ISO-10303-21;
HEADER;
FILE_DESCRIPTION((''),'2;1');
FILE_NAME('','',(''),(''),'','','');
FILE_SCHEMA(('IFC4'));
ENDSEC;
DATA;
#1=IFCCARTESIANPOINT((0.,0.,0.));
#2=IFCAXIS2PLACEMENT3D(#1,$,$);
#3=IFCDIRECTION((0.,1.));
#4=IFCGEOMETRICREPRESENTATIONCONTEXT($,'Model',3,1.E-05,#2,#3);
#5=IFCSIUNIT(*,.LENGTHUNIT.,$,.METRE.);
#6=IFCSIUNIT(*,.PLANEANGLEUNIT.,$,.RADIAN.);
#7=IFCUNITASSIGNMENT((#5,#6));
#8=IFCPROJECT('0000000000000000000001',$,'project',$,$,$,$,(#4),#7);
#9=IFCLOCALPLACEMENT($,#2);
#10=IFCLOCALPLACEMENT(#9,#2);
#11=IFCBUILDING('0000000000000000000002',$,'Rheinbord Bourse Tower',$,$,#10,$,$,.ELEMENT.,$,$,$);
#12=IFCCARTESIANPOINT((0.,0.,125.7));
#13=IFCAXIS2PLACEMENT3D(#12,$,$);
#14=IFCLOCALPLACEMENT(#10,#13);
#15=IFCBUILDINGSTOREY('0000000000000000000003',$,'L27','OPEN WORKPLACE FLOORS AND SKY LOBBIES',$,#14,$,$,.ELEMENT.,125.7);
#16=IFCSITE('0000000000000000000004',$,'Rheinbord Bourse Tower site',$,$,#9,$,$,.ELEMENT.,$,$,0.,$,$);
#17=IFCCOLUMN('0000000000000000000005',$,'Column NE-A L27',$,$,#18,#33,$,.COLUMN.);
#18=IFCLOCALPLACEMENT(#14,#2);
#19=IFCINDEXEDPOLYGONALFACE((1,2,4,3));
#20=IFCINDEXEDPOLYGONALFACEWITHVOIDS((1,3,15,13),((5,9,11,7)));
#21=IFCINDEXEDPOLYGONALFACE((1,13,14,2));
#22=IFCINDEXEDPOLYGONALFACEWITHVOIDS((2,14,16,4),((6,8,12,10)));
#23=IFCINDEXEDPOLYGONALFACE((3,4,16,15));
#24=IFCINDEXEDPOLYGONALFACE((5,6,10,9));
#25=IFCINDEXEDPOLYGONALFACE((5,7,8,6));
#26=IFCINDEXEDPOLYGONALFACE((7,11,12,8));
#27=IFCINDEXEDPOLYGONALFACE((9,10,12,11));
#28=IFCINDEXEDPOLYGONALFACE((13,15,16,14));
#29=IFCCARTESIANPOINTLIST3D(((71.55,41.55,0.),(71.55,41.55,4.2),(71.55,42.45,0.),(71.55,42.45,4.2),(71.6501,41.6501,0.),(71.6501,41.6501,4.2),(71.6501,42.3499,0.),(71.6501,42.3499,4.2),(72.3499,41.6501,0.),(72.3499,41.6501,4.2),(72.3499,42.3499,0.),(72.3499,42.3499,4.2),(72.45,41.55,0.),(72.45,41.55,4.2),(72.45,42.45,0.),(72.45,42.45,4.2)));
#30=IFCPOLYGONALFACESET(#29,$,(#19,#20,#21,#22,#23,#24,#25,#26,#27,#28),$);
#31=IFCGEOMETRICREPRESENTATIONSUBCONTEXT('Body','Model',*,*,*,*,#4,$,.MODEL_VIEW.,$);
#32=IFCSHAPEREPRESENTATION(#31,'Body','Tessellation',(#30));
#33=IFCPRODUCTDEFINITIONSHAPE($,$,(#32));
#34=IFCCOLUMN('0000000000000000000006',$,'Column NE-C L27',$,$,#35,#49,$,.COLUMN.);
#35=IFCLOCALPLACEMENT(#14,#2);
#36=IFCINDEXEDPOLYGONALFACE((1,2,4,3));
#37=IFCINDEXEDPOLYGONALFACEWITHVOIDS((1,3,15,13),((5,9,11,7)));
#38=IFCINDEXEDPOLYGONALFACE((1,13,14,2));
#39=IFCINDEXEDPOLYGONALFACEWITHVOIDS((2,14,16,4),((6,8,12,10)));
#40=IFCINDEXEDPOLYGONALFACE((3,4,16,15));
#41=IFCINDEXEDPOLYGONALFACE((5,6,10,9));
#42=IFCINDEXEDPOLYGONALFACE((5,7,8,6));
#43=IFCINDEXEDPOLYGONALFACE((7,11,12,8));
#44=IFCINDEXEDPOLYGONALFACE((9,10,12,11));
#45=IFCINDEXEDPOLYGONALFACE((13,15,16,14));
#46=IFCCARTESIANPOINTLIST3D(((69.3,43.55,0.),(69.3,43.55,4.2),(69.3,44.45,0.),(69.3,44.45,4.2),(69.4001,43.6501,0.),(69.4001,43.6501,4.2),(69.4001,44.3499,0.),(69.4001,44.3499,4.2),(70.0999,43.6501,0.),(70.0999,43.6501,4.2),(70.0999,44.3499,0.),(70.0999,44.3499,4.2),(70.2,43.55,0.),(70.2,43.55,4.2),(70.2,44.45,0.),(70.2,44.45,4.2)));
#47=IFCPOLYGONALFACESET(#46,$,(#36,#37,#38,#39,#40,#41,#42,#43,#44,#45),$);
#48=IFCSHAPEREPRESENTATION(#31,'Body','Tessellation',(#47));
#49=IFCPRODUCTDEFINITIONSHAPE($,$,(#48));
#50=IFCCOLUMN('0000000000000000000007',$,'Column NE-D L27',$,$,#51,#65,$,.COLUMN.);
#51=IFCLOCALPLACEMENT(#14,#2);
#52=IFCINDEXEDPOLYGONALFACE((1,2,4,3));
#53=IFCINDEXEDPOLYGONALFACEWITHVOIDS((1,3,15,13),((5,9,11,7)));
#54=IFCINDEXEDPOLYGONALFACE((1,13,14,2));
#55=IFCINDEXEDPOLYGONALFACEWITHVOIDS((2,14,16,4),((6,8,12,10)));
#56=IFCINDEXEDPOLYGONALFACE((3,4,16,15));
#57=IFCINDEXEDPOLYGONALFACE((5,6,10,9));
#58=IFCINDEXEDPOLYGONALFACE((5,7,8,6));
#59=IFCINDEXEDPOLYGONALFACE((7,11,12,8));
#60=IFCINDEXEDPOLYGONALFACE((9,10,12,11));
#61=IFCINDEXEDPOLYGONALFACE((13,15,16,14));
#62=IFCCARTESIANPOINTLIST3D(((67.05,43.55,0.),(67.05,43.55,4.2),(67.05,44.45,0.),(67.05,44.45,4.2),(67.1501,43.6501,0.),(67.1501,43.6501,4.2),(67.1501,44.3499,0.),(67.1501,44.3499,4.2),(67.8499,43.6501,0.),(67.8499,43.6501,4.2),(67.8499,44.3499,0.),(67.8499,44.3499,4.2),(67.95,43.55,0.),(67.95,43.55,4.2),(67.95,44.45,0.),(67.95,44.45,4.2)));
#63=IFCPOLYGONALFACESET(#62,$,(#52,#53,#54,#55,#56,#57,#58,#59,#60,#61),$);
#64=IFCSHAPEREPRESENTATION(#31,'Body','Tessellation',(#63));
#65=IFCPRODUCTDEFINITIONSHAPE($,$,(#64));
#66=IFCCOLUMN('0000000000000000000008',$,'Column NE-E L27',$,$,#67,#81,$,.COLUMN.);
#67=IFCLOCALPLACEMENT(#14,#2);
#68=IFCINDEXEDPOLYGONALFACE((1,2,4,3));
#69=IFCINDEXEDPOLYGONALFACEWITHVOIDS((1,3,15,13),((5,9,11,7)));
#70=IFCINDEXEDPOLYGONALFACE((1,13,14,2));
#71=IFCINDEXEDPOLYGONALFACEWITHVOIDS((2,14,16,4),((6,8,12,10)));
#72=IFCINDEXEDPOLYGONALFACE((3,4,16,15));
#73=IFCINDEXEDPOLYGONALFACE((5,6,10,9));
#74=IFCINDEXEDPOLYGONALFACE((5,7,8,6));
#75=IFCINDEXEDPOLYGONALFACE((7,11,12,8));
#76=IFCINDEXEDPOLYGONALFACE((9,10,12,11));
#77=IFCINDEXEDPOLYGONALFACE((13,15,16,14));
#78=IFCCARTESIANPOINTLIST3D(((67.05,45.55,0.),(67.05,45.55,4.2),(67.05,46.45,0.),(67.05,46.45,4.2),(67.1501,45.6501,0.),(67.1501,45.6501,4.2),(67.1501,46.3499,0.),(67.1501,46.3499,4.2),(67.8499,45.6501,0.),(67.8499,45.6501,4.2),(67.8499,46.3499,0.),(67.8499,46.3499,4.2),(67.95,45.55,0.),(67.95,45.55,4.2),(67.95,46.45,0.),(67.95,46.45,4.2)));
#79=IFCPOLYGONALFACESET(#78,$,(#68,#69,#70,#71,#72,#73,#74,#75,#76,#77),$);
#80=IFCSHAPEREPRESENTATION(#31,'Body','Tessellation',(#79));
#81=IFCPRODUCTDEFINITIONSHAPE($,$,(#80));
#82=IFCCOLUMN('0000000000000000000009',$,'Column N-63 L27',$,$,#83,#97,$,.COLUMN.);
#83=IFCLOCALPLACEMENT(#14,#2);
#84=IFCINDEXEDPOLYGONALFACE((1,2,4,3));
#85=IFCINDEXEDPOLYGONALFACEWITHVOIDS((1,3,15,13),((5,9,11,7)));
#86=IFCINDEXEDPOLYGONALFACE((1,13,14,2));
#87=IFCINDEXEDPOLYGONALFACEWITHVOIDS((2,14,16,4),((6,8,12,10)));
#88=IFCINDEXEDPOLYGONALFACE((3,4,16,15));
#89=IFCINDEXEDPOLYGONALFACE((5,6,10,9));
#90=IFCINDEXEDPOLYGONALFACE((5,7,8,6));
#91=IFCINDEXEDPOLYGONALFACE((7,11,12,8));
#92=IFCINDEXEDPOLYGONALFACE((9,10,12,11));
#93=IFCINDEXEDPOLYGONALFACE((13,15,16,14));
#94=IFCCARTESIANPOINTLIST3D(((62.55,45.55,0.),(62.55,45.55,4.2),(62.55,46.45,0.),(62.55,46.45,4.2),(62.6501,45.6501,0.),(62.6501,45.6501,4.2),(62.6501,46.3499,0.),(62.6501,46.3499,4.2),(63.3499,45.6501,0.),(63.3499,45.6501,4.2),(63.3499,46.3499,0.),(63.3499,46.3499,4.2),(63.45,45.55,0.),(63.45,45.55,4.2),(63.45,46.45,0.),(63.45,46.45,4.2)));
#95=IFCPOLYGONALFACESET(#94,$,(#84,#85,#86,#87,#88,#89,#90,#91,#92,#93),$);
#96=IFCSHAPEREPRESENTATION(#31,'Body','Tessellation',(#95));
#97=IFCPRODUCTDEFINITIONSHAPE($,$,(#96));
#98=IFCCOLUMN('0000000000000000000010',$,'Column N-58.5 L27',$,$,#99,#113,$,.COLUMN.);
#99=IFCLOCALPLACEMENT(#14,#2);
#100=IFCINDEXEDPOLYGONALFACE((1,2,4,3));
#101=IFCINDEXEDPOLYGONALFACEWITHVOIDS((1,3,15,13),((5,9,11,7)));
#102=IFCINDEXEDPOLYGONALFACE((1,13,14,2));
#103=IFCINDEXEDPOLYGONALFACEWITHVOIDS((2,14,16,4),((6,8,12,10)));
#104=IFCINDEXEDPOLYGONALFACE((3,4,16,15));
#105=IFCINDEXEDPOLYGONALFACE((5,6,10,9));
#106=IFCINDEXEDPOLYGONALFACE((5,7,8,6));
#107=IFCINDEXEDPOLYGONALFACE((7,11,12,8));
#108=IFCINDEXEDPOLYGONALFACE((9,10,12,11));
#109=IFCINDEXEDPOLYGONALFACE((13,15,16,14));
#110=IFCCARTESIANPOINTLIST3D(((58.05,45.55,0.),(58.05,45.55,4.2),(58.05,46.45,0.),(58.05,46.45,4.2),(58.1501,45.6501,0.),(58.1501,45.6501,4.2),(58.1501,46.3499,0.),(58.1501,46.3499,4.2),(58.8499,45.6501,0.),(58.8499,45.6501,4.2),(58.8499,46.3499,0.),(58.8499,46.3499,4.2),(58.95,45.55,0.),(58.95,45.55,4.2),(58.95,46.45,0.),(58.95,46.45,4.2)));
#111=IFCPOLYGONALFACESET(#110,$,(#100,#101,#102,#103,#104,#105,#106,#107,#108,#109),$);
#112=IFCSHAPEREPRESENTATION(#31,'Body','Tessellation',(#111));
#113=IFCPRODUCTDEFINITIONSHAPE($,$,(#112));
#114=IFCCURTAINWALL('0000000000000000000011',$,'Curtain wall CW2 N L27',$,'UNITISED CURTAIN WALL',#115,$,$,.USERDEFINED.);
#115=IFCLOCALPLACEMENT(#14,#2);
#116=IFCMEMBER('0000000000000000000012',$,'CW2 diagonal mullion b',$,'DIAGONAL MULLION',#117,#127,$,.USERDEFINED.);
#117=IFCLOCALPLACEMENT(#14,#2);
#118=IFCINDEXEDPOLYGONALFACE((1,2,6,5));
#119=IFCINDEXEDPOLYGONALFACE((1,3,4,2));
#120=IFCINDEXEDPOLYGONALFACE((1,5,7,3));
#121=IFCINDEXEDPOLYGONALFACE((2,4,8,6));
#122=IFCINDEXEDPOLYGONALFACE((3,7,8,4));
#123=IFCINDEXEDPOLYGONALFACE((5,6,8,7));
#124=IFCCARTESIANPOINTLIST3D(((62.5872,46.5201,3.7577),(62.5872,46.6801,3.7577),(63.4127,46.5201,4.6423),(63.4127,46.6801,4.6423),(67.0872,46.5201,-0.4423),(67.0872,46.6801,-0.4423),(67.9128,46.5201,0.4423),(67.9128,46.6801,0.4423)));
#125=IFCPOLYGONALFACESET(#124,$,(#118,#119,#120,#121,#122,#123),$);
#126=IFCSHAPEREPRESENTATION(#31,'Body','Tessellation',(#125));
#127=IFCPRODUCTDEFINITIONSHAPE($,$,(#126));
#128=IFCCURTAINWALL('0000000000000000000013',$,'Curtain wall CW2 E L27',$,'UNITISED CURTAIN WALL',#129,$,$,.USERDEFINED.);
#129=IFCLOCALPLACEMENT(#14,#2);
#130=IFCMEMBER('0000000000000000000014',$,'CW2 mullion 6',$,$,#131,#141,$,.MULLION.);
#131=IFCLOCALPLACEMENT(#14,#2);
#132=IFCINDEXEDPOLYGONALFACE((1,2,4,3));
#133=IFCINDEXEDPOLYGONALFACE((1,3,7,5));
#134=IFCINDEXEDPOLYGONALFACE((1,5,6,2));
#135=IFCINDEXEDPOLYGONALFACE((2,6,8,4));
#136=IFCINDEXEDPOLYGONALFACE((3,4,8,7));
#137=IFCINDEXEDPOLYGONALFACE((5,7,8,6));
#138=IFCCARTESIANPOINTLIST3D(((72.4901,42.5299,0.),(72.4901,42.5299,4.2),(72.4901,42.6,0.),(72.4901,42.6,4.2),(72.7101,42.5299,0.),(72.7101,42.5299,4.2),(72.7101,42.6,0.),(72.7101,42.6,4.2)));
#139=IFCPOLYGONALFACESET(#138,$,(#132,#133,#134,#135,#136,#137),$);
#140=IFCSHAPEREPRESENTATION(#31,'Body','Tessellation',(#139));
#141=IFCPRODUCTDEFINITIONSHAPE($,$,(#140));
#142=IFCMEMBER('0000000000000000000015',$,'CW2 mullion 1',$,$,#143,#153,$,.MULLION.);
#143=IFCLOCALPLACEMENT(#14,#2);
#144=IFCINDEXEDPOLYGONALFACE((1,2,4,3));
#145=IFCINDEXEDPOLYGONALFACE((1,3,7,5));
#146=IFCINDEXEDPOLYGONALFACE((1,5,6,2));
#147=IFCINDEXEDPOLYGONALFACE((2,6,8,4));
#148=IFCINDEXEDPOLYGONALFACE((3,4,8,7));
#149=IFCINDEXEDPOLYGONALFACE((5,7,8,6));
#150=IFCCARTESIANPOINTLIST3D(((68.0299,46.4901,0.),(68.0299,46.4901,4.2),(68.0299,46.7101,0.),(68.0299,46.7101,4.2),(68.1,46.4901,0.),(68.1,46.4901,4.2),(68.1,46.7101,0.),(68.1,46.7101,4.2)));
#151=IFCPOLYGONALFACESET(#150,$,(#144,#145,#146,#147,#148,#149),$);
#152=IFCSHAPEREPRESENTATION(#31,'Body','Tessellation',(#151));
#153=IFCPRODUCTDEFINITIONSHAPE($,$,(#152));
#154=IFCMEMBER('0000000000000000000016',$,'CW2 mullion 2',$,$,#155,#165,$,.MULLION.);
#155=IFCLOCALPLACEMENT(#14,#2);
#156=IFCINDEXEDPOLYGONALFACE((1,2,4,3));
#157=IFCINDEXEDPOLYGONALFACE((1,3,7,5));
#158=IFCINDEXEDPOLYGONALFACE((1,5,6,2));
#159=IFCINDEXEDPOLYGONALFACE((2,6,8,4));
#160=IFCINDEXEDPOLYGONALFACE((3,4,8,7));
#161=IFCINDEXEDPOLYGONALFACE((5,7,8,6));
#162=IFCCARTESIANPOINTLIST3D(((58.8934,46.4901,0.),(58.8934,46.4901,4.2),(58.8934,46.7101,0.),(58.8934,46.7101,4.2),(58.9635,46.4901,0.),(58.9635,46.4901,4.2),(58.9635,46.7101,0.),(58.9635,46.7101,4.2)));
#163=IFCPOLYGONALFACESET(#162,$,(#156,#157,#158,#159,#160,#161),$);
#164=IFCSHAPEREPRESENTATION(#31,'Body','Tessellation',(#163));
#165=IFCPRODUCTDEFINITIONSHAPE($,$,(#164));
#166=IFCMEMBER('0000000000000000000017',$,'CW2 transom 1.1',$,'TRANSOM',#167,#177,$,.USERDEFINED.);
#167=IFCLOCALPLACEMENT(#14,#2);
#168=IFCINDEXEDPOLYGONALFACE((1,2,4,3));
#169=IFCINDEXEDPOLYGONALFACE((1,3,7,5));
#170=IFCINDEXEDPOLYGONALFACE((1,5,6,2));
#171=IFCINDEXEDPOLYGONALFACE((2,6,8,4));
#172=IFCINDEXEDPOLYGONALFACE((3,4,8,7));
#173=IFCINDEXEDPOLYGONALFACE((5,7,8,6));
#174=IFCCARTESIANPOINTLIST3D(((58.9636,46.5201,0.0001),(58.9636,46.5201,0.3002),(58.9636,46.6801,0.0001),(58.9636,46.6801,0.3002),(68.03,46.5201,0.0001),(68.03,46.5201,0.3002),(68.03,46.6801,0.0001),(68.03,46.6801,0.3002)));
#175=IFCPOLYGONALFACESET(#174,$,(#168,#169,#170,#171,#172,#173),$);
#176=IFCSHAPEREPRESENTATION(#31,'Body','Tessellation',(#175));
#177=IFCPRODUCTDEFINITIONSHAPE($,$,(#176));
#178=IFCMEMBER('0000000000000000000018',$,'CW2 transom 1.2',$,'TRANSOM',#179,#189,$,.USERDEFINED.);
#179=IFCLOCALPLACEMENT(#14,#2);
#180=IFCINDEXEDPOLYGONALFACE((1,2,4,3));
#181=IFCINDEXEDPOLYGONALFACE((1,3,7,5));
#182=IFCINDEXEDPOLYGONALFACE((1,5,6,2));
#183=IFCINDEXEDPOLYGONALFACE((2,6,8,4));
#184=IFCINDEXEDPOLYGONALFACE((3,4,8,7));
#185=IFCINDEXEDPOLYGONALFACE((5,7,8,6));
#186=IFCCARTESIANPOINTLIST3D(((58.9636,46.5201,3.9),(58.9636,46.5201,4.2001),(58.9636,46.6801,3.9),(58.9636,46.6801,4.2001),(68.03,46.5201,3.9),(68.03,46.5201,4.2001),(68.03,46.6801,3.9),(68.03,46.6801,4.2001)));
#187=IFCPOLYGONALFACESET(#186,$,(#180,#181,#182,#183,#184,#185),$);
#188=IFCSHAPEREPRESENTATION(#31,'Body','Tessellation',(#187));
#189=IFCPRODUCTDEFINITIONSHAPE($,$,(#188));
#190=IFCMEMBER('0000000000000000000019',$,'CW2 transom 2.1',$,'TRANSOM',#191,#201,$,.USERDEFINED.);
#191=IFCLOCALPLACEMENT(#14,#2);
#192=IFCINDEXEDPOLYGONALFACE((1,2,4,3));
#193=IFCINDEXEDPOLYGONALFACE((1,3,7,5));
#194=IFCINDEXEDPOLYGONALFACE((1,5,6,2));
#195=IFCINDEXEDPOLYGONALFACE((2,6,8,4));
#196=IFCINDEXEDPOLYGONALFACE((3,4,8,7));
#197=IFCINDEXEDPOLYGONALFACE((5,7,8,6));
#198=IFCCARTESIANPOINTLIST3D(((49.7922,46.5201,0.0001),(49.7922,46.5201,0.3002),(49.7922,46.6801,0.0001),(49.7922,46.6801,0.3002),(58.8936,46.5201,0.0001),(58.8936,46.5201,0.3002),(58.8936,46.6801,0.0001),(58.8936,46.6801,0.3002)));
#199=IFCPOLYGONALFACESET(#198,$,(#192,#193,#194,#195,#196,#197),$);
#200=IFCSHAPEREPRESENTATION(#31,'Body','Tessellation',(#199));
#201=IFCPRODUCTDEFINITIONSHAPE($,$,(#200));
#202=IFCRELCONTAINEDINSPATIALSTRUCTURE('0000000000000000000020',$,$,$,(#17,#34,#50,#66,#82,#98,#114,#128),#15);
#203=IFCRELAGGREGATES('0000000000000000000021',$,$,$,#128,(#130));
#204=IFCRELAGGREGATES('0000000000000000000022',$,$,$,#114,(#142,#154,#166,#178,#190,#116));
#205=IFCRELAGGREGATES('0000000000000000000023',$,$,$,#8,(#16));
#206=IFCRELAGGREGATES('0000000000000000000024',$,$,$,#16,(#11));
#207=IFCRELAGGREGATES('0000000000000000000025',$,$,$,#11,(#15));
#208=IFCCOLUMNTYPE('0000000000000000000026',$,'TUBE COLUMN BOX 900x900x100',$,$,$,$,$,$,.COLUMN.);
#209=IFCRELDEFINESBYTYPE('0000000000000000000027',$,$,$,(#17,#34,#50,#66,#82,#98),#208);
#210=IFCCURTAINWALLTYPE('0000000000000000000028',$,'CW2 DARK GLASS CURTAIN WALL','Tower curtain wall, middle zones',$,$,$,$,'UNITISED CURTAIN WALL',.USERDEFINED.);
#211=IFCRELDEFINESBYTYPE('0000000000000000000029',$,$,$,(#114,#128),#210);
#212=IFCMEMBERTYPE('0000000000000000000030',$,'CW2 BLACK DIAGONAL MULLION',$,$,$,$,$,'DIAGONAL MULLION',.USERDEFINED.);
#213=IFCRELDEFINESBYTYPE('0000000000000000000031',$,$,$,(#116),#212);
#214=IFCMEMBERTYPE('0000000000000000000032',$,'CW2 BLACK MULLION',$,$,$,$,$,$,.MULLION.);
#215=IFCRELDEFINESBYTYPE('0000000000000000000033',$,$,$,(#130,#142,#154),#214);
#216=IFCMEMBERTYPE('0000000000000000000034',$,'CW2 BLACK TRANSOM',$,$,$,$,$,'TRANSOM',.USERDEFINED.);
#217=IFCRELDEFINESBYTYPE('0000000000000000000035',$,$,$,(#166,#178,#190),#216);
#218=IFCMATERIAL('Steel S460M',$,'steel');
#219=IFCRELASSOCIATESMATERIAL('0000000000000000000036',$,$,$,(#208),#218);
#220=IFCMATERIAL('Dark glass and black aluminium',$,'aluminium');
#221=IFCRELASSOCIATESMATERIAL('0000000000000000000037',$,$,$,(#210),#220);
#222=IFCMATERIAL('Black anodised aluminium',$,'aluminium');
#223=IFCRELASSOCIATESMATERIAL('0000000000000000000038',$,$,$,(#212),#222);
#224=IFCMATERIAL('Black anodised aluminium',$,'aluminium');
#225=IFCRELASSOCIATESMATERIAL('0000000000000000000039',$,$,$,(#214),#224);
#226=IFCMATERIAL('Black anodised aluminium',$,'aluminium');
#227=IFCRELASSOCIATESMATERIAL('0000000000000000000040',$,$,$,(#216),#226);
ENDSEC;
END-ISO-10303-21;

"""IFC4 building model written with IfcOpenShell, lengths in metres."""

from ifc_helpers import new_model, si_unit, direction, frame, origin, origin_2d, place, context, subcontext, project, spatial, rectangle, hollow_rectangle, extrude, material, material_profile, profile_set, type_object, element, aggregate, save


model = new_model("IFC4")

# Units and contexts
model_context = context("Model", 3, precision=1e-05, world=origin(), true_north=direction((0.0, 1.0)))
body_context = subcontext(model_context, "Body", "Model", "MODEL_VIEW")
ifc_project = project(units=[si_unit("LENGTHUNIT", "METRE"), si_unit("PLANEANGLEUNIT", "RADIAN")], contexts=[model_context])

# Site, building, storey
site_placement = place(None, origin())
site = spatial("IfcSite", under=ifc_project, at=site_placement, Name="Rheinbord Bourse Tower site", CompositionType="ELEMENT", RefElevation=0.0)
building_placement = place(site_placement, origin())
building = spatial("IfcBuilding", under=site, at=building_placement, Name="Rheinbord Bourse Tower", CompositionType="ELEMENT")
storey_placement = place(building_placement, frame((0.0, 0.0, 125.7)))
storey = spatial("IfcBuildingStorey", under=building, at=storey_placement, Name="L27", Description="OPEN WORKPLACE FLOORS AND SKY LOBBIES", CompositionType="ELEMENT", Elevation=125.7)

# Columns
ifc_material_1 = material(Name="Steel S460M", Category="steel")
ifc_material_profile_1 = material_profile(ifc_material_1, hollow_rectangle(XDim=0.8999, YDim=0.8999, WallThickness=0.1001, at=origin_2d()), Name="BOX 900x900x100")
ifc_profile_set_1 = profile_set([ifc_material_profile_1], Name="Steel S460M")
column_type = type_object("IfcColumnType", Name="TUBE COLUMN BOX 900x900x100", PredefinedType="COLUMN", material=ifc_profile_set_1)
for number, where, z_axis, x_axis, name in (
    (1, (72.0, 42.0, 0.0), (0.0, 0.0, 1.0), (1.0, 0.0, 0.0), "Column NE-A L27"),
    (2, (69.75, 44.0, 0.0), (0.0, 0.0, 1.0), (1.0, 0.0, 0.0), "Column NE-C L27"),
    (3, (67.5, 44.0, 0.0), (0.0, 0.0, 1.0), (0.0, 1.0, 0.0), "Column NE-D L27"),
    (4, (67.5, 46.0, 0.0), (0.0, 0.0, 1.0), (0.0, 1.0, 0.0), "Column NE-E L27"),
    (5, (63.0, 46.0, 0.0), (0.0, 0.0, 1.0), (0.0, 1.0, 0.0), "Column N-63 L27"),
    (6, (58.5, 46.0, 0.0), (0.0, 0.0, 1.0), (0.0, 1.0, 0.0), "Column N-58.5 L27"),
):
    element("IfcColumn", number, at=place(storey_placement, frame(where, z_axis=z_axis, x_axis=x_axis)), inside=storey, type_object=column_type, Name=name, PredefinedType="COLUMN", context=body_context, shape_type="SweptSolid", body=[
        extrude(hollow_rectangle(XDim=0.8999, YDim=0.8999, WallThickness=0.1001, at=origin_2d()), origin(), (0.0, 0.0, 1.0), 4.2),
    ])

# Curtain walls, members
ifc_material_2 = material(Name="Dark glass and black aluminium", Category="aluminium")
curtain_wall_type = type_object("IfcCurtainWallType", Name="CW2 DARK GLASS CURTAIN WALL", Description="Tower curtain wall, middle zones", ElementType="UNITISED CURTAIN WALL", PredefinedType="USERDEFINED", material=ifc_material_2)
curtain_wall_1_placement = place(storey_placement, origin())
curtain_wall_1 = element("IfcCurtainWall", 7, at=curtain_wall_1_placement, inside=storey, type_object=curtain_wall_type, Name="Curtain wall CW2 N L27", ObjectType="UNITISED CURTAIN WALL", PredefinedType="USERDEFINED")
ifc_material_3 = material(Name="Black anodised aluminium", Category="aluminium")
ifc_material_profile_2 = material_profile(ifc_material_3, rectangle(XDim=0.1599, YDim=1.21, at=origin_2d()), Name="CW2 DIAGONAL MULLION 1210x160")
ifc_profile_set_2 = profile_set([ifc_material_profile_2], Name="Black anodised aluminium")
member_type_1 = type_object("IfcMemberType", Name="CW2 BLACK DIAGONAL MULLION", ElementType="DIAGONAL MULLION", PredefinedType="USERDEFINED", material=ifc_profile_set_2)
member_1_placement = place(storey_placement, frame((67.5, 46.6001, 0.0), z_axis=(-0.731059, 0.0, 0.682314), x_axis=(0.0, -1.0, 0.0)))
member_1 = element("IfcMember", 8, at=member_1_placement, type_object=member_type_1, Name="CW2 diagonal mullion b", ObjectType="DIAGONAL MULLION", PredefinedType="USERDEFINED", context=body_context, shape_type="SweptSolid", body=[
    extrude(rectangle(XDim=0.1599, YDim=1.21, at=origin_2d()), origin(), (0.0, 0.0, 1.0), 6.1555),
])
curtain_wall_2_placement = place(storey_placement, origin())
curtain_wall_2 = element("IfcCurtainWall", 9, at=curtain_wall_2_placement, inside=storey, type_object=curtain_wall_type, Name="Curtain wall CW2 E L27", ObjectType="UNITISED CURTAIN WALL", PredefinedType="USERDEFINED")
ifc_material_4 = material(Name="Black anodised aluminium", Category="aluminium")
ifc_material_profile_3 = material_profile(ifc_material_4, rectangle(XDim=0.22, YDim=0.0701, at=origin_2d()), Name="CW2 MULLION 70x220")
ifc_profile_set_3 = profile_set([ifc_material_profile_3], Name="Black anodised aluminium")
member_type_2 = type_object("IfcMemberType", Name="CW2 BLACK MULLION", PredefinedType="MULLION", material=ifc_profile_set_3)
member_2_placement = place(storey_placement, frame((72.6001, 42.5649, 0.0), z_axis=(0.0, 0.0, 1.0), x_axis=(-1.0, 0.0, 0.0)))
member_2 = element("IfcMember", 10, at=member_2_placement, type_object=member_type_2, Name="CW2 mullion 6", PredefinedType="MULLION", context=body_context, shape_type="SweptSolid", body=[
    extrude(rectangle(XDim=0.22, YDim=0.0701, at=origin_2d()), origin(), (0.0, 0.0, 1.0), 4.2),
])
aggregate(curtain_wall_2, [member_2])

# Members
member_3_placement = place(storey_placement, frame((68.0649, 46.6001, 0.0), z_axis=(0.0, 0.0, 1.0), x_axis=(0.0, -1.0, 0.0)))
member_3 = element("IfcMember", 11, at=member_3_placement, type_object=member_type_2, Name="CW2 mullion 1", PredefinedType="MULLION", context=body_context, shape_type="SweptSolid", body=[
    extrude(rectangle(XDim=0.22, YDim=0.0701, at=origin_2d()), origin(), (0.0, 0.0, 1.0), 4.2),
])
member_4_placement = place(storey_placement, frame((58.9285, 46.6001, 0.0), z_axis=(0.0, 0.0, 1.0), x_axis=(0.0, -1.0, 0.0)))
member_4 = element("IfcMember", 12, at=member_4_placement, type_object=member_type_2, Name="CW2 mullion 2", PredefinedType="MULLION", context=body_context, shape_type="SweptSolid", body=[
    extrude(rectangle(XDim=0.22, YDim=0.0701, at=origin_2d()), origin(), (0.0, 0.0, 1.0), 4.2),
])
ifc_material_5 = material(Name="Black anodised aluminium", Category="aluminium")
ifc_material_profile_4 = material_profile(ifc_material_5, rectangle(XDim=0.1599, YDim=0.3, at=origin_2d()), Name="CW2 TRANSOM 300x160")
ifc_profile_set_4 = profile_set([ifc_material_profile_4], Name="Black anodised aluminium")
member_type_3 = type_object("IfcMemberType", Name="CW2 BLACK TRANSOM", ElementType="TRANSOM", PredefinedType="USERDEFINED", material=ifc_profile_set_4)
member_5_placement = place(storey_placement, frame((68.03, 46.6001, 0.1501), z_axis=(-1.0, 0.0, 0.0), x_axis=(0.0, -1.0, 0.0)))
member_5 = element("IfcMember", 13, at=member_5_placement, type_object=member_type_3, Name="CW2 transom 1.1", ObjectType="TRANSOM", PredefinedType="USERDEFINED", context=body_context, shape_type="SweptSolid", body=[
    extrude(rectangle(XDim=0.1599, YDim=0.3, at=origin_2d()), origin(), (0.0, 0.0, 1.0), 9.0664),
])
member_6_placement = place(storey_placement, frame((68.03, 46.6001, 4.05), z_axis=(-1.0, 0.0, 0.0), x_axis=(0.0, -1.0, 0.0)))
member_6 = element("IfcMember", 14, at=member_6_placement, type_object=member_type_3, Name="CW2 transom 1.2", ObjectType="TRANSOM", PredefinedType="USERDEFINED", context=body_context, shape_type="SweptSolid", body=[
    extrude(rectangle(XDim=0.1599, YDim=0.3, at=origin_2d()), origin(), (0.0, 0.0, 1.0), 9.0664),
])
member_7_placement = place(storey_placement, frame((58.8936, 46.6001, 0.1501), z_axis=(-1.0, 0.0, 0.0), x_axis=(0.0, -1.0, 0.0)))
member_7 = element("IfcMember", 15, at=member_7_placement, type_object=member_type_3, Name="CW2 transom 2.1", ObjectType="TRANSOM", PredefinedType="USERDEFINED", context=body_context, shape_type="SweptSolid", body=[
    extrude(rectangle(XDim=0.1599, YDim=0.3, at=origin_2d()), origin(), (0.0, 0.0, 1.0), 9.1013),
])

aggregate(curtain_wall_1, [member_3, member_4, member_5, member_6, member_7, member_1])

save(model, "model.ifc")
